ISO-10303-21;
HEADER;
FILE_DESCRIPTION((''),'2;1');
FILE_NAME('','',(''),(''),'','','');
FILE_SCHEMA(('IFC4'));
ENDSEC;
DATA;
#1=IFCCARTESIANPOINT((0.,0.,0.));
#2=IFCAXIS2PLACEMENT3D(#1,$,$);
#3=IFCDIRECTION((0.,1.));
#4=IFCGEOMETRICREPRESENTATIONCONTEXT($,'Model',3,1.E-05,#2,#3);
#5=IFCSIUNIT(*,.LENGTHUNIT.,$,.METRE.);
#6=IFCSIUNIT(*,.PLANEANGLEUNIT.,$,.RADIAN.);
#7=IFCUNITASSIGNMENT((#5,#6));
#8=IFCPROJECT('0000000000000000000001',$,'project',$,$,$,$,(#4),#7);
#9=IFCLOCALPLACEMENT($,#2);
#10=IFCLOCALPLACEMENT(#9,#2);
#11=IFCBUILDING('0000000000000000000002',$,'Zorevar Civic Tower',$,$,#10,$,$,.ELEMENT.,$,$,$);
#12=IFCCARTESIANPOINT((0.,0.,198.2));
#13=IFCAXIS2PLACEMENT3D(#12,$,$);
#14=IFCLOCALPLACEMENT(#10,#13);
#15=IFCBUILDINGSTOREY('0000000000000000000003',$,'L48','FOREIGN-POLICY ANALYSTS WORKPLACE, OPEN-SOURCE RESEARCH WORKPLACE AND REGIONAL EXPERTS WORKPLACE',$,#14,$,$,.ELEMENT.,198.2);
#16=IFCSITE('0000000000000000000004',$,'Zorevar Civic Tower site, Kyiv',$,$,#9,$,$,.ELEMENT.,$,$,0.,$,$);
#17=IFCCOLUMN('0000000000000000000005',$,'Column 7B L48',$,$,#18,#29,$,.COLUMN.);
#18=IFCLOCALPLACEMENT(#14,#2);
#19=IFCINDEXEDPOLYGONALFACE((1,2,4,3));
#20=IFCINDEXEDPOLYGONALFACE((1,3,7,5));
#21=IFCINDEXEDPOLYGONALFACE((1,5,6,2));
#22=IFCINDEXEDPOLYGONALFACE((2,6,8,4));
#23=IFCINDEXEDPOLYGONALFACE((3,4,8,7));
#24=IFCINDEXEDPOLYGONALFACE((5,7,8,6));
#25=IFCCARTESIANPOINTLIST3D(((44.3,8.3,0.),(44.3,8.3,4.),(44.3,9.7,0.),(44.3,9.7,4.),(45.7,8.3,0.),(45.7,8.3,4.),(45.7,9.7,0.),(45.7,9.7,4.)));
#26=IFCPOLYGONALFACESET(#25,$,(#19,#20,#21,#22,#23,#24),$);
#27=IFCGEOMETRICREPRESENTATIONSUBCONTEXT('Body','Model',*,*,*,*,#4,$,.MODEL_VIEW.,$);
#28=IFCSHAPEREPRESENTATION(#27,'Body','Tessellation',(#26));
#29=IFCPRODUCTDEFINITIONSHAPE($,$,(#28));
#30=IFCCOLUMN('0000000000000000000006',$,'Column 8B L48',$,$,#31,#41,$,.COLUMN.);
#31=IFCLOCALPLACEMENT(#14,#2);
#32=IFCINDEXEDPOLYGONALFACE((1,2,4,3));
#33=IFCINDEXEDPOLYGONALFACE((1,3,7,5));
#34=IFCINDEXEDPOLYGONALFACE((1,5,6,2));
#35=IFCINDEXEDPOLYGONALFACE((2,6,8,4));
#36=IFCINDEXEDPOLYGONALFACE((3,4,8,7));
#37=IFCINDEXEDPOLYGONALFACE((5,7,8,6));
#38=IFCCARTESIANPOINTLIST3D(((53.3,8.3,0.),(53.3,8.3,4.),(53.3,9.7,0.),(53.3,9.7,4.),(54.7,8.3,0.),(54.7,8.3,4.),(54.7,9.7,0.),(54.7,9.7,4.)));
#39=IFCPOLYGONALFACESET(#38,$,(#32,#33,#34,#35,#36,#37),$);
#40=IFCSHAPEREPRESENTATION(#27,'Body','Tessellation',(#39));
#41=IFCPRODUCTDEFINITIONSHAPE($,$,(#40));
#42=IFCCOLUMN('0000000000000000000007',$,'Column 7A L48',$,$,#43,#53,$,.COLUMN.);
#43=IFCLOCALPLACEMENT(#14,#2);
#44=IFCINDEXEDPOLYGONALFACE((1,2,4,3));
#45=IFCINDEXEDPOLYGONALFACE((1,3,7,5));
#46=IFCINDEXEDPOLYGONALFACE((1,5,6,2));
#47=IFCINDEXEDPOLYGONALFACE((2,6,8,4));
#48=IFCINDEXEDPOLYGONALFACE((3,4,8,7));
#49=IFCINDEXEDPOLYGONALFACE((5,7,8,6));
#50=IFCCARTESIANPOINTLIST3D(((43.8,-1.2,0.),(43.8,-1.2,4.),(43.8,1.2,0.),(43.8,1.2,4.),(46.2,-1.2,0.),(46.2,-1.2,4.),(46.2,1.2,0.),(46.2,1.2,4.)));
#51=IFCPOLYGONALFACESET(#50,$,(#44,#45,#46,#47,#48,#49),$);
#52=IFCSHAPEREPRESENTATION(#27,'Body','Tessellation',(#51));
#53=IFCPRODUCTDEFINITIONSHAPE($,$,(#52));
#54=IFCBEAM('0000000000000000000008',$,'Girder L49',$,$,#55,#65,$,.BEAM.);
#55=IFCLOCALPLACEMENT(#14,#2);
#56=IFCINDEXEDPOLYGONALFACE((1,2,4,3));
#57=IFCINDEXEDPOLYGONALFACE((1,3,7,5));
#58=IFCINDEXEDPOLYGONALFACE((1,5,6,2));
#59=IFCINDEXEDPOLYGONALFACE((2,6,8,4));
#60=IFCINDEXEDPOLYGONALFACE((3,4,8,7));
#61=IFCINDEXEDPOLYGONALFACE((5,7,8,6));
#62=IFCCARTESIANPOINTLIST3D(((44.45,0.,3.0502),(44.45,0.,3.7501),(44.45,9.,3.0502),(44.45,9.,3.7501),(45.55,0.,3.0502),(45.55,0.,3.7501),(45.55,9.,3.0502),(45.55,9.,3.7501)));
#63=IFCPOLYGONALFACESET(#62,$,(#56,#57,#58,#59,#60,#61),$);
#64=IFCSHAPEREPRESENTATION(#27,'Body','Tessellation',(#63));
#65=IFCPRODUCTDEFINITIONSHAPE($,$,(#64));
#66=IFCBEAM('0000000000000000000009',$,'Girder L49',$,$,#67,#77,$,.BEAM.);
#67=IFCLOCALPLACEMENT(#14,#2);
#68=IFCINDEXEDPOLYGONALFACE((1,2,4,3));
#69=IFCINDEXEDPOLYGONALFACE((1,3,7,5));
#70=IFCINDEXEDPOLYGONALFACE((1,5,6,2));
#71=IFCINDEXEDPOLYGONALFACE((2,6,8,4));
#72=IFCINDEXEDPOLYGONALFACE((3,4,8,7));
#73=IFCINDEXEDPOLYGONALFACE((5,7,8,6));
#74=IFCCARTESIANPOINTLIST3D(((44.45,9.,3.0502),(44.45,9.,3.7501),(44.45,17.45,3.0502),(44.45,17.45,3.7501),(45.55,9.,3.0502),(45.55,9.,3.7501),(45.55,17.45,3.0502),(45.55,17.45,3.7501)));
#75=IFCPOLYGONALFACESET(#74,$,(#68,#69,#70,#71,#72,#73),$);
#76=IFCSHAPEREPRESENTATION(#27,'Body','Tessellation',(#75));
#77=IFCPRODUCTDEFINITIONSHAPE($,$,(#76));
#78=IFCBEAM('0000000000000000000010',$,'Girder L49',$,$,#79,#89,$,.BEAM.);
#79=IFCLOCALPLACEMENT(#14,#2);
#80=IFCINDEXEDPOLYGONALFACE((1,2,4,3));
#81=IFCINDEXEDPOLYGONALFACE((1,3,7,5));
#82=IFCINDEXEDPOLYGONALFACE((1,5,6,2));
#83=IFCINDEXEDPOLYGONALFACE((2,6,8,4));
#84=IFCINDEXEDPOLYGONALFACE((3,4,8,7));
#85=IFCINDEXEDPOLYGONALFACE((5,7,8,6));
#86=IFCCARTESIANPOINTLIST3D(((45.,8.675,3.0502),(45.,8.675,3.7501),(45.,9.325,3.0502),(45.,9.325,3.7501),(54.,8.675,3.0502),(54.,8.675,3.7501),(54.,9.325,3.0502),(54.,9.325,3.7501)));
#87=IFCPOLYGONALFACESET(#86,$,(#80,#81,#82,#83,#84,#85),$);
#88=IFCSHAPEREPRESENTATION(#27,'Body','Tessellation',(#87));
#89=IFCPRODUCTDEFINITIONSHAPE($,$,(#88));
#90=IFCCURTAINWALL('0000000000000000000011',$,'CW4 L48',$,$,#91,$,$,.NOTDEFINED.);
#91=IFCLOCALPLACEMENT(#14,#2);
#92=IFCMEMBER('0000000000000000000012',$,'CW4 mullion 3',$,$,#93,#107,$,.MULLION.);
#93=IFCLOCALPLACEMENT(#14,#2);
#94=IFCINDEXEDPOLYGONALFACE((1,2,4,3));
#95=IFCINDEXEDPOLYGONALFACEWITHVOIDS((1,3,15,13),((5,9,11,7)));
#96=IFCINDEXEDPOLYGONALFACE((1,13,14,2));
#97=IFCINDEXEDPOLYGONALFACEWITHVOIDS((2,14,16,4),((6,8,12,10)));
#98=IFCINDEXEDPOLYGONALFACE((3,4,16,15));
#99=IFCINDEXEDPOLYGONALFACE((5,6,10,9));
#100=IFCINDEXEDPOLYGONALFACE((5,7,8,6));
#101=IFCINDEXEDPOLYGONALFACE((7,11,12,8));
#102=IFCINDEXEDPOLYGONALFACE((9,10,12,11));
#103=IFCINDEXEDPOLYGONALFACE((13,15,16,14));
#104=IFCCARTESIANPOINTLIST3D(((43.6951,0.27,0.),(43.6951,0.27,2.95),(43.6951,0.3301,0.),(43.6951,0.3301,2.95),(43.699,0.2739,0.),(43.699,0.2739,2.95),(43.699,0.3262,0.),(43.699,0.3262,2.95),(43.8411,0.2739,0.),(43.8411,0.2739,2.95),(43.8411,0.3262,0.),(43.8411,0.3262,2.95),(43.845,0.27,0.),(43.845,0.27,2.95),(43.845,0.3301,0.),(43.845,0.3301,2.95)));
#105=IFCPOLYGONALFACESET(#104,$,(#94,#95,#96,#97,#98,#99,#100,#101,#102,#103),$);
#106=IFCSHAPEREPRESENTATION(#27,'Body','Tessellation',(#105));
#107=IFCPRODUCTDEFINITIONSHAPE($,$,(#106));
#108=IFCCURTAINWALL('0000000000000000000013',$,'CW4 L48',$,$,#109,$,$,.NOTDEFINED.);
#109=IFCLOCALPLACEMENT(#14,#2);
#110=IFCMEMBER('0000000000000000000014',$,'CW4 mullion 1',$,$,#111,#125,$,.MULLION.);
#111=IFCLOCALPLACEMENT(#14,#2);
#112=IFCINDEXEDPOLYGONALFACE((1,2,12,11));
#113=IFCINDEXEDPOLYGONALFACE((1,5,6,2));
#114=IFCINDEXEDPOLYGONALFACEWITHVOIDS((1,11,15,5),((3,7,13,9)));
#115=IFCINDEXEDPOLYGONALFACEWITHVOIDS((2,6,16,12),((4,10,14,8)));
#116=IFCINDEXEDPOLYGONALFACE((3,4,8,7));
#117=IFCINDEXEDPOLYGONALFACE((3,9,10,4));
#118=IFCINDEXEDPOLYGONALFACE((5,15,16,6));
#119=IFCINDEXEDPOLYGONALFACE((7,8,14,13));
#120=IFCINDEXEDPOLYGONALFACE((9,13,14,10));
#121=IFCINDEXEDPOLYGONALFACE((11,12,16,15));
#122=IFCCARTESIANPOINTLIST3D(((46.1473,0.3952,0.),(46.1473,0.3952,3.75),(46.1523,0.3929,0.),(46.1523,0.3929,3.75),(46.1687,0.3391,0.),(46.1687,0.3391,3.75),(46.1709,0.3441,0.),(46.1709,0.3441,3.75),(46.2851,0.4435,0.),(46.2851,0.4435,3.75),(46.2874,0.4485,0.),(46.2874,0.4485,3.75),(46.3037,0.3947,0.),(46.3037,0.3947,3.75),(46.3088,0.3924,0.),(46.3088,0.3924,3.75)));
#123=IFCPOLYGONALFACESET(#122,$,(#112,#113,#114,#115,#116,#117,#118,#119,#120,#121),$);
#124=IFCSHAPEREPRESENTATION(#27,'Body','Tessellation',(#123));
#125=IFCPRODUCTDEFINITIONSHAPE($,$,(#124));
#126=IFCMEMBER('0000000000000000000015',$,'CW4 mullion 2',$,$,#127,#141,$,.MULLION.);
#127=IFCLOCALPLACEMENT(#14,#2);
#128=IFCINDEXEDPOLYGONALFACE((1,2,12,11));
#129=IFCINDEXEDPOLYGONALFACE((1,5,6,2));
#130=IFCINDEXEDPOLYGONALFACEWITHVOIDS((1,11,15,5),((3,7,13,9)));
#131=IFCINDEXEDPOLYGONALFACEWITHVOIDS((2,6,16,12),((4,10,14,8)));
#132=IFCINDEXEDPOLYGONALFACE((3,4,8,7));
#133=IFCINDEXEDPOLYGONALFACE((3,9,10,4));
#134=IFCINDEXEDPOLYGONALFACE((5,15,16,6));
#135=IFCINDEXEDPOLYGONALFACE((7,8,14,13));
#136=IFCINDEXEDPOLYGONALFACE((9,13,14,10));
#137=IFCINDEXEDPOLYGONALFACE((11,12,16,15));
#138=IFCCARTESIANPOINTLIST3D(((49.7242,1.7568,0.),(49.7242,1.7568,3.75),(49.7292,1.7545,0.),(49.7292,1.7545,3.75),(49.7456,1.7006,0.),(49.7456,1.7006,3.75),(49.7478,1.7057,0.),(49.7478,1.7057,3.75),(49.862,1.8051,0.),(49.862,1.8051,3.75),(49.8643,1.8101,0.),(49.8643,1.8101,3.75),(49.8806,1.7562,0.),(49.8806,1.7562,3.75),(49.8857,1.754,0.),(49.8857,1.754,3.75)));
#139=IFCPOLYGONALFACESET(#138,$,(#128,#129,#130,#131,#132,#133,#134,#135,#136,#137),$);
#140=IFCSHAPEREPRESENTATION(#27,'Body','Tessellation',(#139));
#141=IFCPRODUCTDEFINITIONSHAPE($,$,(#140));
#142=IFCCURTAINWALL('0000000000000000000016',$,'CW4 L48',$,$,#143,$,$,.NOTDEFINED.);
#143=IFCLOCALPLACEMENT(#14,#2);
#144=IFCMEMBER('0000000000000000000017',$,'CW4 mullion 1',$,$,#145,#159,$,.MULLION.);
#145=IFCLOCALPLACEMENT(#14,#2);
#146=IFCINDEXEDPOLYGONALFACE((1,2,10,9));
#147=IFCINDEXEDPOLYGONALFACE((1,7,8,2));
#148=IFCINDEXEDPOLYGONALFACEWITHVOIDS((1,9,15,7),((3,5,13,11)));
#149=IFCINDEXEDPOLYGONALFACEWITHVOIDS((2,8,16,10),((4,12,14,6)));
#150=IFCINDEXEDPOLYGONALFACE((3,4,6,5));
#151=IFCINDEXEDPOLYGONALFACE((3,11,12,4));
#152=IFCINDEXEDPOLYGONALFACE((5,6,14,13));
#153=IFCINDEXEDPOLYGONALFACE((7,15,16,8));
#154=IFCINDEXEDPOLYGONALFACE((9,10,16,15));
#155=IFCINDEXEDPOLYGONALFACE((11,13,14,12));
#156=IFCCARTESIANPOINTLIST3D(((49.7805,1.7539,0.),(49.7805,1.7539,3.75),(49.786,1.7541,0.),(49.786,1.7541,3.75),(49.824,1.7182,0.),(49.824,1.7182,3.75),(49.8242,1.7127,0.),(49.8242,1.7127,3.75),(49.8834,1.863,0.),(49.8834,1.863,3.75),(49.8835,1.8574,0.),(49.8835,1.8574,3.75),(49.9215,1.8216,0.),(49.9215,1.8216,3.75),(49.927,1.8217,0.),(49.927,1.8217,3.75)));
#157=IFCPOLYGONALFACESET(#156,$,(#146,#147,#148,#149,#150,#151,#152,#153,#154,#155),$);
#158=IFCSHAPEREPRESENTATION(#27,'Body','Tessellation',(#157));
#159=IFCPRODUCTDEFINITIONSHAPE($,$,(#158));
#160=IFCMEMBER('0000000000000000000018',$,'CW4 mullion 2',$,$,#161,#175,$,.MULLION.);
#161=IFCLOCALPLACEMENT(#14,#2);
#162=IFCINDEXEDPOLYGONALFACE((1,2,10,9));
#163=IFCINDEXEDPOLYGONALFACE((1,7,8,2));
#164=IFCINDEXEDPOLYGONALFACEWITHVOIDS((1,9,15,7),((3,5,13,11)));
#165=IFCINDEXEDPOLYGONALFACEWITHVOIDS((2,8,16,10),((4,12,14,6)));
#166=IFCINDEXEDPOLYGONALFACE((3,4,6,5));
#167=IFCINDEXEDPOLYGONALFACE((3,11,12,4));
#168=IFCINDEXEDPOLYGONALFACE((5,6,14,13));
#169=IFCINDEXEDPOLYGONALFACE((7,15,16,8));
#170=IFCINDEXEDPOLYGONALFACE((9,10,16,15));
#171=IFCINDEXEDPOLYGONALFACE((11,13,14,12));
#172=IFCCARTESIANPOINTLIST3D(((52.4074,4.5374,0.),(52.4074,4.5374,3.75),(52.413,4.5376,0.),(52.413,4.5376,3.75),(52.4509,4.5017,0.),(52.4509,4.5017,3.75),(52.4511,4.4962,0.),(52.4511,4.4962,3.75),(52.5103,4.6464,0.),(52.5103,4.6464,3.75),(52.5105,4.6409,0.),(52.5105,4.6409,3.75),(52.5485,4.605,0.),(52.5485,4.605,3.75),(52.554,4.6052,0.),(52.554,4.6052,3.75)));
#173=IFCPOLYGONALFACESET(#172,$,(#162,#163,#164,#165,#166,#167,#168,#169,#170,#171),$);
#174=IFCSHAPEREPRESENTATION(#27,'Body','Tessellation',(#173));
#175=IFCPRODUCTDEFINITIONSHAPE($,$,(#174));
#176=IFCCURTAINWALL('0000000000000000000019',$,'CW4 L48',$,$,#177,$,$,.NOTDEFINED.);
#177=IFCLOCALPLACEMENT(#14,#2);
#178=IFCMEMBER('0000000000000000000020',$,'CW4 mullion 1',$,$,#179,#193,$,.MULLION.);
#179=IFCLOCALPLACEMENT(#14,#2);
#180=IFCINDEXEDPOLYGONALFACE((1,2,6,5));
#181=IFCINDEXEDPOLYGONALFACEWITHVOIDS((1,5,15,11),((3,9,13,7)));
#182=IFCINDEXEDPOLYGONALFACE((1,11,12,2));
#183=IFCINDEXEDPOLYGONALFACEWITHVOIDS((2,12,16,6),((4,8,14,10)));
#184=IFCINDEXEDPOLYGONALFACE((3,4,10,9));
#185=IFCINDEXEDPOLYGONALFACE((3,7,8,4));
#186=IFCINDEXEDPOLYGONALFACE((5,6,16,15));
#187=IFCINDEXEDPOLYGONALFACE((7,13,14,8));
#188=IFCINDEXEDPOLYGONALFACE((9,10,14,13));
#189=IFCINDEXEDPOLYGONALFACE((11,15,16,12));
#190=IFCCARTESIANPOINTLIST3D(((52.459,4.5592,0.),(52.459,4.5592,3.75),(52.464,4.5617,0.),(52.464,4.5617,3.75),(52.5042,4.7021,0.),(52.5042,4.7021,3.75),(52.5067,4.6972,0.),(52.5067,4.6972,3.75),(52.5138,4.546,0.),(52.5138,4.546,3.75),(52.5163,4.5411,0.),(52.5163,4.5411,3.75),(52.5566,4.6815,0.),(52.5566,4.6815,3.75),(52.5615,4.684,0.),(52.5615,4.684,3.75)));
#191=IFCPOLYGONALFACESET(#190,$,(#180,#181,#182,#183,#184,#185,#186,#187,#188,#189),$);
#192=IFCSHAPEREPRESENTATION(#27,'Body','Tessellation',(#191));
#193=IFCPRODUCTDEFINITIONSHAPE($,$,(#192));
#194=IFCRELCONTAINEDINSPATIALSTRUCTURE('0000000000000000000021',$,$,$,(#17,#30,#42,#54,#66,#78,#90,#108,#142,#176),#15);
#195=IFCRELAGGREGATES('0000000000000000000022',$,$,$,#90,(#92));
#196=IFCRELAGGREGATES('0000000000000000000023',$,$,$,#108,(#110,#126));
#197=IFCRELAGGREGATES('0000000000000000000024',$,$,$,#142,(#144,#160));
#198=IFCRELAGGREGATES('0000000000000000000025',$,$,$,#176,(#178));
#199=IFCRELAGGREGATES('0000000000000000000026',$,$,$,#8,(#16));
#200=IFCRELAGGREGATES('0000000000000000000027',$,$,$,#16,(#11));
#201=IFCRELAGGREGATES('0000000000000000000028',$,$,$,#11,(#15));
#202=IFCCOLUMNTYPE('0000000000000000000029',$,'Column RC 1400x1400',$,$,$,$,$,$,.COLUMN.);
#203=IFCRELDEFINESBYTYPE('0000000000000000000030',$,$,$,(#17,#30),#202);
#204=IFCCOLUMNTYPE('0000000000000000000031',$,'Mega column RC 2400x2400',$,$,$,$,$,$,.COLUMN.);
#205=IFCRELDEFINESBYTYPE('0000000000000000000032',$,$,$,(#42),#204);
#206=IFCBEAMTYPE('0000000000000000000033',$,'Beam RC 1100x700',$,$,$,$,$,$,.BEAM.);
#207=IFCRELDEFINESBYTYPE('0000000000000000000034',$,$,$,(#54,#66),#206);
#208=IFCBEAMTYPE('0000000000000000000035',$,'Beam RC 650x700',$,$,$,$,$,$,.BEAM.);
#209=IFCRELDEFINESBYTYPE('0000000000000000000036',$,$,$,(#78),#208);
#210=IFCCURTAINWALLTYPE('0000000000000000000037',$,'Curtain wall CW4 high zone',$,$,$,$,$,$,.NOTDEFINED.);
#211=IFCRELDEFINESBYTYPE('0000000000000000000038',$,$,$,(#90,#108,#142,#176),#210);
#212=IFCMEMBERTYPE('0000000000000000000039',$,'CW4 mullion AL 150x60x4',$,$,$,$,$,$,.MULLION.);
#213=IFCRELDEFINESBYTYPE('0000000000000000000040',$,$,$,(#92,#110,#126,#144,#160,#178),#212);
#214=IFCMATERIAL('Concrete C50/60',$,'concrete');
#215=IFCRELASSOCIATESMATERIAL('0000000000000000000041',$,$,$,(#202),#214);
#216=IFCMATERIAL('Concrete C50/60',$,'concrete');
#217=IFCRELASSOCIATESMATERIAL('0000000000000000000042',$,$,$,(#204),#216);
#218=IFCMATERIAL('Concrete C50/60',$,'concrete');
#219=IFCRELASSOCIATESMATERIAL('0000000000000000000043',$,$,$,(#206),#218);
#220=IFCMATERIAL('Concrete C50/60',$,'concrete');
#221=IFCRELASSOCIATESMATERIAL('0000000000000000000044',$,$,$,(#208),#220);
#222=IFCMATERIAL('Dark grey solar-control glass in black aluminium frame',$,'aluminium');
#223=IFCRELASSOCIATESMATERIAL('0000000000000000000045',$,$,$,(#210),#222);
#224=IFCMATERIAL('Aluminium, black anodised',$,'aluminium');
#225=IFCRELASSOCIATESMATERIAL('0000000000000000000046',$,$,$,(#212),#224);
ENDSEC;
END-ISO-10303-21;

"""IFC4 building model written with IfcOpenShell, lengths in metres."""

from ifc_helpers import new_model, si_unit, direction, frame, origin, origin_2d, place, context, subcontext, project, spatial, rectangle, hollow_rectangle, extrude, material, material_profile, profile_set, type_object, element, aggregate, save


model = new_model("IFC4")

# Units and contexts
model_context = context("Model", 3, precision=1e-05, world=origin(), true_north=direction((0.0, 1.0)))
body_context = subcontext(model_context, "Body", "Model", "MODEL_VIEW")
ifc_project = project(units=[si_unit("LENGTHUNIT", "METRE"), si_unit("PLANEANGLEUNIT", "RADIAN")], contexts=[model_context])

# Site, building, storey
site_placement = place(None, origin())
site = spatial("IfcSite", under=ifc_project, at=site_placement, Name="Zorevar Civic Tower site, Kyiv", CompositionType="ELEMENT", RefElevation=0.0)
building_placement = place(site_placement, origin())
building = spatial("IfcBuilding", under=site, at=building_placement, Name="Zorevar Civic Tower", CompositionType="ELEMENT")
storey_placement = place(building_placement, frame((0.0, 0.0, 198.2)))
storey = spatial("IfcBuildingStorey", under=building, at=storey_placement, Name="L48", Description="FOREIGN-POLICY ANALYSTS WORKPLACE, OPEN-SOURCE RESEARCH WORKPLACE AND REGIONAL EXPERTS WORKPLACE", CompositionType="ELEMENT", Elevation=198.2)

# Columns
ifc_material_1 = material(Name="Concrete C50/60", Category="concrete")
ifc_material_profile_1 = material_profile(ifc_material_1, rectangle(XDim=1.3999, YDim=1.3999, at=origin_2d()), Name="RC 1400x1400")
ifc_profile_set_1 = profile_set([ifc_material_profile_1], Name="Concrete C50/60")
column_type_1 = type_object("IfcColumnType", Name="Column RC 1400x1400", PredefinedType="COLUMN", material=ifc_profile_set_1)
for number, where, z_axis, x_axis, name in (
    (1, (45.0, 9.0, 0.0), (0.0, 0.0, 1.0), (1.0, 0.0, 0.0), "Column 7B L48"),
    (2, (54.0, 9.0, 0.0), (0.0, 0.0, 1.0), (1.0, 0.0, 0.0), "Column 8B L48"),
):
    element("IfcColumn", number, at=place(storey_placement, frame(where, z_axis=z_axis, x_axis=x_axis)), inside=storey, type_object=column_type_1, Name=name, PredefinedType="COLUMN", context=body_context, shape_type="SweptSolid", body=[
        extrude(rectangle(XDim=1.3999, YDim=1.3999, at=origin_2d()), origin(), (0.0, 0.0, 1.0), 4.0),
    ])
ifc_material_2 = material(Name="Concrete C50/60", Category="concrete")
ifc_material_profile_2 = material_profile(ifc_material_2, rectangle(XDim=2.3999, YDim=2.3999, at=origin_2d()), Name="RC 2400x2400")
ifc_profile_set_2 = profile_set([ifc_material_profile_2], Name="Concrete C50/60")
column_type_2 = type_object("IfcColumnType", Name="Mega column RC 2400x2400", PredefinedType="COLUMN", material=ifc_profile_set_2)
column_placement = place(storey_placement, frame((45.0, 0.0, 0.0), z_axis=(0.0, 0.0, 1.0), x_axis=(1.0, 0.0, 0.0)))
element("IfcColumn", 3, at=column_placement, inside=storey, type_object=column_type_2, Name="Column 7A L48", PredefinedType="COLUMN", context=body_context, shape_type="SweptSolid", body=[
    extrude(rectangle(XDim=2.3999, YDim=2.3999, at=origin_2d()), origin(), (0.0, 0.0, 1.0), 4.0),
])

# Beams
ifc_material_3 = material(Name="Concrete C50/60", Category="concrete")
ifc_material_profile_3 = material_profile(ifc_material_3, rectangle(XDim=1.1001, YDim=0.7, at=origin_2d()), Name="RC 1100x700")
ifc_profile_set_3 = profile_set([ifc_material_profile_3], Name="Concrete C50/60")
beam_type_1 = type_object("IfcBeamType", Name="Beam RC 1100x700", PredefinedType="BEAM", material=ifc_profile_set_3)
beam_1_placement = place(storey_placement, frame((45.0, 0.0, 3.4001), z_axis=(0.0, 1.0, 0.0), x_axis=(-1.0, 0.0, 0.0)))
element("IfcBeam", 4, at=beam_1_placement, inside=storey, type_object=beam_type_1, Name="Girder L49", PredefinedType="BEAM", context=body_context, shape_type="SweptSolid", body=[
    extrude(rectangle(XDim=1.1001, YDim=0.7, at=origin_2d()), origin(), (0.0, 0.0, 1.0), 9.0),
])
beam_2_placement = place(storey_placement, frame((45.0, 9.0, 3.4001), z_axis=(0.0, 1.0, 0.0), x_axis=(-1.0, 0.0, 0.0)))
element("IfcBeam", 5, at=beam_2_placement, inside=storey, type_object=beam_type_1, Name="Girder L49", PredefinedType="BEAM", context=body_context, shape_type="SweptSolid", body=[
    extrude(rectangle(XDim=1.1001, YDim=0.7, at=origin_2d()), origin(), (0.0, 0.0, 1.0), 8.45),
])
ifc_material_4 = material(Name="Concrete C50/60", Category="concrete")
ifc_material_profile_4 = material_profile(ifc_material_4, rectangle(XDim=0.6499, YDim=0.7, at=origin_2d()), Name="RC 650x700")
ifc_profile_set_4 = profile_set([ifc_material_profile_4], Name="Concrete C50/60")
beam_type_2 = type_object("IfcBeamType", Name="Beam RC 650x700", PredefinedType="BEAM", material=ifc_profile_set_4)
beam_3_placement = place(storey_placement, frame((45.0, 9.0, 3.4001), z_axis=(1.0, 0.0, 0.0), x_axis=(0.0, 1.0, 0.0)))
element("IfcBeam", 6, at=beam_3_placement, inside=storey, type_object=beam_type_2, Name="Girder L49", PredefinedType="BEAM", context=body_context, shape_type="SweptSolid", body=[
    extrude(rectangle(XDim=0.6499, YDim=0.7, at=origin_2d()), origin(), (0.0, 0.0, 1.0), 9.0),
])

# Curtain wall, member
ifc_material_5 = material(Name="Dark grey solar-control glass in black aluminium frame", Category="aluminium")
curtain_wall_type = type_object("IfcCurtainWallType", Name="Curtain wall CW4 high zone", PredefinedType="NOTDEFINED", material=ifc_material_5)
curtain_wall_1_placement = place(storey_placement, origin())
curtain_wall_1 = element("IfcCurtainWall", 7, at=curtain_wall_1_placement, inside=storey, type_object=curtain_wall_type, Name="CW4 L48", PredefinedType="NOTDEFINED")
ifc_material_6 = material(Name="Aluminium, black anodised", Category="aluminium")
ifc_material_profile_5 = material_profile(ifc_material_6, hollow_rectangle(XDim=0.0601, YDim=0.1499, WallThickness=0.0039, at=origin_2d()), Name="AL 150x60x4")
ifc_profile_set_5 = profile_set([ifc_material_profile_5], Name="Aluminium, black anodised")
member_type_1 = type_object("IfcMemberType", Name="CW4 mullion AL 150x60x4", PredefinedType="MULLION", material=ifc_profile_set_5)
member_1_placement = place(storey_placement, frame((43.77, 0.3, 0.0), z_axis=(0.0, 0.0, 1.0), x_axis=(0.0, 1.0, 0.0)))
member_1 = element("IfcMember", 8, at=member_1_placement, type_object=member_type_1, Name="CW4 mullion 3", PredefinedType="MULLION", context=body_context, shape_type="SweptSolid", body=[
    extrude(hollow_rectangle(XDim=0.0601, YDim=0.1499, WallThickness=0.0039, at=origin_2d()), origin(), (0.0, 0.0, 1.0), 2.95),
])

# Curtain walls, members
curtain_wall_2_placement = place(storey_placement, origin())
curtain_wall_2 = element("IfcCurtainWall", 9, at=curtain_wall_2_placement, inside=storey, type_object=curtain_wall_type, Name="CW4 L48", PredefinedType="NOTDEFINED")
member_2_placement = place(storey_placement, frame((46.228, 0.3938, 0.0), z_axis=(0.0, 0.0, 1.0), x_axis=(-0.355731, 0.934588, 0.0)))
member_2 = element("IfcMember", 10, at=member_2_placement, type_object=member_type_1, Name="CW4 mullion 1", PredefinedType="MULLION", context=body_context, shape_type="SweptSolid", body=[
    extrude(hollow_rectangle(XDim=0.0601, YDim=0.1499, WallThickness=0.0039, at=origin_2d()), origin(), (0.0, 0.0, 1.0), 3.75),
])
member_3_placement = place(storey_placement, frame((49.8049, 1.7554, 0.0), z_axis=(0.0, 0.0, 1.0), x_axis=(-0.355731, 0.934588, 0.0)))
member_3 = element("IfcMember", 11, at=member_3_placement, type_object=member_type_1, Name="CW4 mullion 2", PredefinedType="MULLION", context=body_context, shape_type="SweptSolid", body=[
    extrude(hollow_rectangle(XDim=0.0601, YDim=0.1499, WallThickness=0.0039, at=origin_2d()), origin(), (0.0, 0.0, 1.0), 3.75),
])
curtain_wall_3_placement = place(storey_placement, origin())
curtain_wall_3 = element("IfcCurtainWall", 12, at=curtain_wall_3_placement, inside=storey, type_object=curtain_wall_type, Name="CW4 L48", PredefinedType="NOTDEFINED")
member_4_placement = place(storey_placement, frame((49.8538, 1.7878, 0.0), z_axis=(0.0, 0.0, 1.0), x_axis=(-0.727245, 0.686378, 0.0)))
member_4 = element("IfcMember", 13, at=member_4_placement, type_object=member_type_1, Name="CW4 mullion 1", PredefinedType="MULLION", context=body_context, shape_type="SweptSolid", body=[
    extrude(hollow_rectangle(XDim=0.0601, YDim=0.1499, WallThickness=0.0039, at=origin_2d()), origin(), (0.0, 0.0, 1.0), 3.75),
])
member_5_placement = place(storey_placement, frame((52.4807, 4.5713, 0.0), z_axis=(0.0, 0.0, 1.0), x_axis=(-0.727245, 0.686378, 0.0)))
member_5 = element("IfcMember", 14, at=member_5_placement, type_object=member_type_1, Name="CW4 mullion 2", PredefinedType="MULLION", context=body_context, shape_type="SweptSolid", body=[
    extrude(hollow_rectangle(XDim=0.0601, YDim=0.1499, WallThickness=0.0039, at=origin_2d()), origin(), (0.0, 0.0, 1.0), 3.75),
])
curtain_wall_4_placement = place(storey_placement, origin())
curtain_wall_4 = element("IfcCurtainWall", 15, at=curtain_wall_4_placement, inside=storey, type_object=curtain_wall_type, Name="CW4 L48", PredefinedType="NOTDEFINED")
member_6_placement = place(storey_placement, frame((52.5103, 4.6216, 0.0), z_axis=(0.0, 0.0, 1.0), x_axis=(-0.95359, 0.301108, 0.0)))
member_6 = element("IfcMember", 16, at=member_6_placement, type_object=member_type_1, Name="CW4 mullion 1", PredefinedType="MULLION", context=body_context, shape_type="SweptSolid", body=[
    extrude(hollow_rectangle(XDim=0.0601, YDim=0.1499, WallThickness=0.0039, at=origin_2d()), origin(), (0.0, 0.0, 1.0), 3.75),
])

aggregate(curtain_wall_1, [member_1])
aggregate(curtain_wall_2, [member_2, member_3])
aggregate(curtain_wall_3, [member_4, member_5])
aggregate(curtain_wall_4, [member_6])

save(model, "model.ifc")
